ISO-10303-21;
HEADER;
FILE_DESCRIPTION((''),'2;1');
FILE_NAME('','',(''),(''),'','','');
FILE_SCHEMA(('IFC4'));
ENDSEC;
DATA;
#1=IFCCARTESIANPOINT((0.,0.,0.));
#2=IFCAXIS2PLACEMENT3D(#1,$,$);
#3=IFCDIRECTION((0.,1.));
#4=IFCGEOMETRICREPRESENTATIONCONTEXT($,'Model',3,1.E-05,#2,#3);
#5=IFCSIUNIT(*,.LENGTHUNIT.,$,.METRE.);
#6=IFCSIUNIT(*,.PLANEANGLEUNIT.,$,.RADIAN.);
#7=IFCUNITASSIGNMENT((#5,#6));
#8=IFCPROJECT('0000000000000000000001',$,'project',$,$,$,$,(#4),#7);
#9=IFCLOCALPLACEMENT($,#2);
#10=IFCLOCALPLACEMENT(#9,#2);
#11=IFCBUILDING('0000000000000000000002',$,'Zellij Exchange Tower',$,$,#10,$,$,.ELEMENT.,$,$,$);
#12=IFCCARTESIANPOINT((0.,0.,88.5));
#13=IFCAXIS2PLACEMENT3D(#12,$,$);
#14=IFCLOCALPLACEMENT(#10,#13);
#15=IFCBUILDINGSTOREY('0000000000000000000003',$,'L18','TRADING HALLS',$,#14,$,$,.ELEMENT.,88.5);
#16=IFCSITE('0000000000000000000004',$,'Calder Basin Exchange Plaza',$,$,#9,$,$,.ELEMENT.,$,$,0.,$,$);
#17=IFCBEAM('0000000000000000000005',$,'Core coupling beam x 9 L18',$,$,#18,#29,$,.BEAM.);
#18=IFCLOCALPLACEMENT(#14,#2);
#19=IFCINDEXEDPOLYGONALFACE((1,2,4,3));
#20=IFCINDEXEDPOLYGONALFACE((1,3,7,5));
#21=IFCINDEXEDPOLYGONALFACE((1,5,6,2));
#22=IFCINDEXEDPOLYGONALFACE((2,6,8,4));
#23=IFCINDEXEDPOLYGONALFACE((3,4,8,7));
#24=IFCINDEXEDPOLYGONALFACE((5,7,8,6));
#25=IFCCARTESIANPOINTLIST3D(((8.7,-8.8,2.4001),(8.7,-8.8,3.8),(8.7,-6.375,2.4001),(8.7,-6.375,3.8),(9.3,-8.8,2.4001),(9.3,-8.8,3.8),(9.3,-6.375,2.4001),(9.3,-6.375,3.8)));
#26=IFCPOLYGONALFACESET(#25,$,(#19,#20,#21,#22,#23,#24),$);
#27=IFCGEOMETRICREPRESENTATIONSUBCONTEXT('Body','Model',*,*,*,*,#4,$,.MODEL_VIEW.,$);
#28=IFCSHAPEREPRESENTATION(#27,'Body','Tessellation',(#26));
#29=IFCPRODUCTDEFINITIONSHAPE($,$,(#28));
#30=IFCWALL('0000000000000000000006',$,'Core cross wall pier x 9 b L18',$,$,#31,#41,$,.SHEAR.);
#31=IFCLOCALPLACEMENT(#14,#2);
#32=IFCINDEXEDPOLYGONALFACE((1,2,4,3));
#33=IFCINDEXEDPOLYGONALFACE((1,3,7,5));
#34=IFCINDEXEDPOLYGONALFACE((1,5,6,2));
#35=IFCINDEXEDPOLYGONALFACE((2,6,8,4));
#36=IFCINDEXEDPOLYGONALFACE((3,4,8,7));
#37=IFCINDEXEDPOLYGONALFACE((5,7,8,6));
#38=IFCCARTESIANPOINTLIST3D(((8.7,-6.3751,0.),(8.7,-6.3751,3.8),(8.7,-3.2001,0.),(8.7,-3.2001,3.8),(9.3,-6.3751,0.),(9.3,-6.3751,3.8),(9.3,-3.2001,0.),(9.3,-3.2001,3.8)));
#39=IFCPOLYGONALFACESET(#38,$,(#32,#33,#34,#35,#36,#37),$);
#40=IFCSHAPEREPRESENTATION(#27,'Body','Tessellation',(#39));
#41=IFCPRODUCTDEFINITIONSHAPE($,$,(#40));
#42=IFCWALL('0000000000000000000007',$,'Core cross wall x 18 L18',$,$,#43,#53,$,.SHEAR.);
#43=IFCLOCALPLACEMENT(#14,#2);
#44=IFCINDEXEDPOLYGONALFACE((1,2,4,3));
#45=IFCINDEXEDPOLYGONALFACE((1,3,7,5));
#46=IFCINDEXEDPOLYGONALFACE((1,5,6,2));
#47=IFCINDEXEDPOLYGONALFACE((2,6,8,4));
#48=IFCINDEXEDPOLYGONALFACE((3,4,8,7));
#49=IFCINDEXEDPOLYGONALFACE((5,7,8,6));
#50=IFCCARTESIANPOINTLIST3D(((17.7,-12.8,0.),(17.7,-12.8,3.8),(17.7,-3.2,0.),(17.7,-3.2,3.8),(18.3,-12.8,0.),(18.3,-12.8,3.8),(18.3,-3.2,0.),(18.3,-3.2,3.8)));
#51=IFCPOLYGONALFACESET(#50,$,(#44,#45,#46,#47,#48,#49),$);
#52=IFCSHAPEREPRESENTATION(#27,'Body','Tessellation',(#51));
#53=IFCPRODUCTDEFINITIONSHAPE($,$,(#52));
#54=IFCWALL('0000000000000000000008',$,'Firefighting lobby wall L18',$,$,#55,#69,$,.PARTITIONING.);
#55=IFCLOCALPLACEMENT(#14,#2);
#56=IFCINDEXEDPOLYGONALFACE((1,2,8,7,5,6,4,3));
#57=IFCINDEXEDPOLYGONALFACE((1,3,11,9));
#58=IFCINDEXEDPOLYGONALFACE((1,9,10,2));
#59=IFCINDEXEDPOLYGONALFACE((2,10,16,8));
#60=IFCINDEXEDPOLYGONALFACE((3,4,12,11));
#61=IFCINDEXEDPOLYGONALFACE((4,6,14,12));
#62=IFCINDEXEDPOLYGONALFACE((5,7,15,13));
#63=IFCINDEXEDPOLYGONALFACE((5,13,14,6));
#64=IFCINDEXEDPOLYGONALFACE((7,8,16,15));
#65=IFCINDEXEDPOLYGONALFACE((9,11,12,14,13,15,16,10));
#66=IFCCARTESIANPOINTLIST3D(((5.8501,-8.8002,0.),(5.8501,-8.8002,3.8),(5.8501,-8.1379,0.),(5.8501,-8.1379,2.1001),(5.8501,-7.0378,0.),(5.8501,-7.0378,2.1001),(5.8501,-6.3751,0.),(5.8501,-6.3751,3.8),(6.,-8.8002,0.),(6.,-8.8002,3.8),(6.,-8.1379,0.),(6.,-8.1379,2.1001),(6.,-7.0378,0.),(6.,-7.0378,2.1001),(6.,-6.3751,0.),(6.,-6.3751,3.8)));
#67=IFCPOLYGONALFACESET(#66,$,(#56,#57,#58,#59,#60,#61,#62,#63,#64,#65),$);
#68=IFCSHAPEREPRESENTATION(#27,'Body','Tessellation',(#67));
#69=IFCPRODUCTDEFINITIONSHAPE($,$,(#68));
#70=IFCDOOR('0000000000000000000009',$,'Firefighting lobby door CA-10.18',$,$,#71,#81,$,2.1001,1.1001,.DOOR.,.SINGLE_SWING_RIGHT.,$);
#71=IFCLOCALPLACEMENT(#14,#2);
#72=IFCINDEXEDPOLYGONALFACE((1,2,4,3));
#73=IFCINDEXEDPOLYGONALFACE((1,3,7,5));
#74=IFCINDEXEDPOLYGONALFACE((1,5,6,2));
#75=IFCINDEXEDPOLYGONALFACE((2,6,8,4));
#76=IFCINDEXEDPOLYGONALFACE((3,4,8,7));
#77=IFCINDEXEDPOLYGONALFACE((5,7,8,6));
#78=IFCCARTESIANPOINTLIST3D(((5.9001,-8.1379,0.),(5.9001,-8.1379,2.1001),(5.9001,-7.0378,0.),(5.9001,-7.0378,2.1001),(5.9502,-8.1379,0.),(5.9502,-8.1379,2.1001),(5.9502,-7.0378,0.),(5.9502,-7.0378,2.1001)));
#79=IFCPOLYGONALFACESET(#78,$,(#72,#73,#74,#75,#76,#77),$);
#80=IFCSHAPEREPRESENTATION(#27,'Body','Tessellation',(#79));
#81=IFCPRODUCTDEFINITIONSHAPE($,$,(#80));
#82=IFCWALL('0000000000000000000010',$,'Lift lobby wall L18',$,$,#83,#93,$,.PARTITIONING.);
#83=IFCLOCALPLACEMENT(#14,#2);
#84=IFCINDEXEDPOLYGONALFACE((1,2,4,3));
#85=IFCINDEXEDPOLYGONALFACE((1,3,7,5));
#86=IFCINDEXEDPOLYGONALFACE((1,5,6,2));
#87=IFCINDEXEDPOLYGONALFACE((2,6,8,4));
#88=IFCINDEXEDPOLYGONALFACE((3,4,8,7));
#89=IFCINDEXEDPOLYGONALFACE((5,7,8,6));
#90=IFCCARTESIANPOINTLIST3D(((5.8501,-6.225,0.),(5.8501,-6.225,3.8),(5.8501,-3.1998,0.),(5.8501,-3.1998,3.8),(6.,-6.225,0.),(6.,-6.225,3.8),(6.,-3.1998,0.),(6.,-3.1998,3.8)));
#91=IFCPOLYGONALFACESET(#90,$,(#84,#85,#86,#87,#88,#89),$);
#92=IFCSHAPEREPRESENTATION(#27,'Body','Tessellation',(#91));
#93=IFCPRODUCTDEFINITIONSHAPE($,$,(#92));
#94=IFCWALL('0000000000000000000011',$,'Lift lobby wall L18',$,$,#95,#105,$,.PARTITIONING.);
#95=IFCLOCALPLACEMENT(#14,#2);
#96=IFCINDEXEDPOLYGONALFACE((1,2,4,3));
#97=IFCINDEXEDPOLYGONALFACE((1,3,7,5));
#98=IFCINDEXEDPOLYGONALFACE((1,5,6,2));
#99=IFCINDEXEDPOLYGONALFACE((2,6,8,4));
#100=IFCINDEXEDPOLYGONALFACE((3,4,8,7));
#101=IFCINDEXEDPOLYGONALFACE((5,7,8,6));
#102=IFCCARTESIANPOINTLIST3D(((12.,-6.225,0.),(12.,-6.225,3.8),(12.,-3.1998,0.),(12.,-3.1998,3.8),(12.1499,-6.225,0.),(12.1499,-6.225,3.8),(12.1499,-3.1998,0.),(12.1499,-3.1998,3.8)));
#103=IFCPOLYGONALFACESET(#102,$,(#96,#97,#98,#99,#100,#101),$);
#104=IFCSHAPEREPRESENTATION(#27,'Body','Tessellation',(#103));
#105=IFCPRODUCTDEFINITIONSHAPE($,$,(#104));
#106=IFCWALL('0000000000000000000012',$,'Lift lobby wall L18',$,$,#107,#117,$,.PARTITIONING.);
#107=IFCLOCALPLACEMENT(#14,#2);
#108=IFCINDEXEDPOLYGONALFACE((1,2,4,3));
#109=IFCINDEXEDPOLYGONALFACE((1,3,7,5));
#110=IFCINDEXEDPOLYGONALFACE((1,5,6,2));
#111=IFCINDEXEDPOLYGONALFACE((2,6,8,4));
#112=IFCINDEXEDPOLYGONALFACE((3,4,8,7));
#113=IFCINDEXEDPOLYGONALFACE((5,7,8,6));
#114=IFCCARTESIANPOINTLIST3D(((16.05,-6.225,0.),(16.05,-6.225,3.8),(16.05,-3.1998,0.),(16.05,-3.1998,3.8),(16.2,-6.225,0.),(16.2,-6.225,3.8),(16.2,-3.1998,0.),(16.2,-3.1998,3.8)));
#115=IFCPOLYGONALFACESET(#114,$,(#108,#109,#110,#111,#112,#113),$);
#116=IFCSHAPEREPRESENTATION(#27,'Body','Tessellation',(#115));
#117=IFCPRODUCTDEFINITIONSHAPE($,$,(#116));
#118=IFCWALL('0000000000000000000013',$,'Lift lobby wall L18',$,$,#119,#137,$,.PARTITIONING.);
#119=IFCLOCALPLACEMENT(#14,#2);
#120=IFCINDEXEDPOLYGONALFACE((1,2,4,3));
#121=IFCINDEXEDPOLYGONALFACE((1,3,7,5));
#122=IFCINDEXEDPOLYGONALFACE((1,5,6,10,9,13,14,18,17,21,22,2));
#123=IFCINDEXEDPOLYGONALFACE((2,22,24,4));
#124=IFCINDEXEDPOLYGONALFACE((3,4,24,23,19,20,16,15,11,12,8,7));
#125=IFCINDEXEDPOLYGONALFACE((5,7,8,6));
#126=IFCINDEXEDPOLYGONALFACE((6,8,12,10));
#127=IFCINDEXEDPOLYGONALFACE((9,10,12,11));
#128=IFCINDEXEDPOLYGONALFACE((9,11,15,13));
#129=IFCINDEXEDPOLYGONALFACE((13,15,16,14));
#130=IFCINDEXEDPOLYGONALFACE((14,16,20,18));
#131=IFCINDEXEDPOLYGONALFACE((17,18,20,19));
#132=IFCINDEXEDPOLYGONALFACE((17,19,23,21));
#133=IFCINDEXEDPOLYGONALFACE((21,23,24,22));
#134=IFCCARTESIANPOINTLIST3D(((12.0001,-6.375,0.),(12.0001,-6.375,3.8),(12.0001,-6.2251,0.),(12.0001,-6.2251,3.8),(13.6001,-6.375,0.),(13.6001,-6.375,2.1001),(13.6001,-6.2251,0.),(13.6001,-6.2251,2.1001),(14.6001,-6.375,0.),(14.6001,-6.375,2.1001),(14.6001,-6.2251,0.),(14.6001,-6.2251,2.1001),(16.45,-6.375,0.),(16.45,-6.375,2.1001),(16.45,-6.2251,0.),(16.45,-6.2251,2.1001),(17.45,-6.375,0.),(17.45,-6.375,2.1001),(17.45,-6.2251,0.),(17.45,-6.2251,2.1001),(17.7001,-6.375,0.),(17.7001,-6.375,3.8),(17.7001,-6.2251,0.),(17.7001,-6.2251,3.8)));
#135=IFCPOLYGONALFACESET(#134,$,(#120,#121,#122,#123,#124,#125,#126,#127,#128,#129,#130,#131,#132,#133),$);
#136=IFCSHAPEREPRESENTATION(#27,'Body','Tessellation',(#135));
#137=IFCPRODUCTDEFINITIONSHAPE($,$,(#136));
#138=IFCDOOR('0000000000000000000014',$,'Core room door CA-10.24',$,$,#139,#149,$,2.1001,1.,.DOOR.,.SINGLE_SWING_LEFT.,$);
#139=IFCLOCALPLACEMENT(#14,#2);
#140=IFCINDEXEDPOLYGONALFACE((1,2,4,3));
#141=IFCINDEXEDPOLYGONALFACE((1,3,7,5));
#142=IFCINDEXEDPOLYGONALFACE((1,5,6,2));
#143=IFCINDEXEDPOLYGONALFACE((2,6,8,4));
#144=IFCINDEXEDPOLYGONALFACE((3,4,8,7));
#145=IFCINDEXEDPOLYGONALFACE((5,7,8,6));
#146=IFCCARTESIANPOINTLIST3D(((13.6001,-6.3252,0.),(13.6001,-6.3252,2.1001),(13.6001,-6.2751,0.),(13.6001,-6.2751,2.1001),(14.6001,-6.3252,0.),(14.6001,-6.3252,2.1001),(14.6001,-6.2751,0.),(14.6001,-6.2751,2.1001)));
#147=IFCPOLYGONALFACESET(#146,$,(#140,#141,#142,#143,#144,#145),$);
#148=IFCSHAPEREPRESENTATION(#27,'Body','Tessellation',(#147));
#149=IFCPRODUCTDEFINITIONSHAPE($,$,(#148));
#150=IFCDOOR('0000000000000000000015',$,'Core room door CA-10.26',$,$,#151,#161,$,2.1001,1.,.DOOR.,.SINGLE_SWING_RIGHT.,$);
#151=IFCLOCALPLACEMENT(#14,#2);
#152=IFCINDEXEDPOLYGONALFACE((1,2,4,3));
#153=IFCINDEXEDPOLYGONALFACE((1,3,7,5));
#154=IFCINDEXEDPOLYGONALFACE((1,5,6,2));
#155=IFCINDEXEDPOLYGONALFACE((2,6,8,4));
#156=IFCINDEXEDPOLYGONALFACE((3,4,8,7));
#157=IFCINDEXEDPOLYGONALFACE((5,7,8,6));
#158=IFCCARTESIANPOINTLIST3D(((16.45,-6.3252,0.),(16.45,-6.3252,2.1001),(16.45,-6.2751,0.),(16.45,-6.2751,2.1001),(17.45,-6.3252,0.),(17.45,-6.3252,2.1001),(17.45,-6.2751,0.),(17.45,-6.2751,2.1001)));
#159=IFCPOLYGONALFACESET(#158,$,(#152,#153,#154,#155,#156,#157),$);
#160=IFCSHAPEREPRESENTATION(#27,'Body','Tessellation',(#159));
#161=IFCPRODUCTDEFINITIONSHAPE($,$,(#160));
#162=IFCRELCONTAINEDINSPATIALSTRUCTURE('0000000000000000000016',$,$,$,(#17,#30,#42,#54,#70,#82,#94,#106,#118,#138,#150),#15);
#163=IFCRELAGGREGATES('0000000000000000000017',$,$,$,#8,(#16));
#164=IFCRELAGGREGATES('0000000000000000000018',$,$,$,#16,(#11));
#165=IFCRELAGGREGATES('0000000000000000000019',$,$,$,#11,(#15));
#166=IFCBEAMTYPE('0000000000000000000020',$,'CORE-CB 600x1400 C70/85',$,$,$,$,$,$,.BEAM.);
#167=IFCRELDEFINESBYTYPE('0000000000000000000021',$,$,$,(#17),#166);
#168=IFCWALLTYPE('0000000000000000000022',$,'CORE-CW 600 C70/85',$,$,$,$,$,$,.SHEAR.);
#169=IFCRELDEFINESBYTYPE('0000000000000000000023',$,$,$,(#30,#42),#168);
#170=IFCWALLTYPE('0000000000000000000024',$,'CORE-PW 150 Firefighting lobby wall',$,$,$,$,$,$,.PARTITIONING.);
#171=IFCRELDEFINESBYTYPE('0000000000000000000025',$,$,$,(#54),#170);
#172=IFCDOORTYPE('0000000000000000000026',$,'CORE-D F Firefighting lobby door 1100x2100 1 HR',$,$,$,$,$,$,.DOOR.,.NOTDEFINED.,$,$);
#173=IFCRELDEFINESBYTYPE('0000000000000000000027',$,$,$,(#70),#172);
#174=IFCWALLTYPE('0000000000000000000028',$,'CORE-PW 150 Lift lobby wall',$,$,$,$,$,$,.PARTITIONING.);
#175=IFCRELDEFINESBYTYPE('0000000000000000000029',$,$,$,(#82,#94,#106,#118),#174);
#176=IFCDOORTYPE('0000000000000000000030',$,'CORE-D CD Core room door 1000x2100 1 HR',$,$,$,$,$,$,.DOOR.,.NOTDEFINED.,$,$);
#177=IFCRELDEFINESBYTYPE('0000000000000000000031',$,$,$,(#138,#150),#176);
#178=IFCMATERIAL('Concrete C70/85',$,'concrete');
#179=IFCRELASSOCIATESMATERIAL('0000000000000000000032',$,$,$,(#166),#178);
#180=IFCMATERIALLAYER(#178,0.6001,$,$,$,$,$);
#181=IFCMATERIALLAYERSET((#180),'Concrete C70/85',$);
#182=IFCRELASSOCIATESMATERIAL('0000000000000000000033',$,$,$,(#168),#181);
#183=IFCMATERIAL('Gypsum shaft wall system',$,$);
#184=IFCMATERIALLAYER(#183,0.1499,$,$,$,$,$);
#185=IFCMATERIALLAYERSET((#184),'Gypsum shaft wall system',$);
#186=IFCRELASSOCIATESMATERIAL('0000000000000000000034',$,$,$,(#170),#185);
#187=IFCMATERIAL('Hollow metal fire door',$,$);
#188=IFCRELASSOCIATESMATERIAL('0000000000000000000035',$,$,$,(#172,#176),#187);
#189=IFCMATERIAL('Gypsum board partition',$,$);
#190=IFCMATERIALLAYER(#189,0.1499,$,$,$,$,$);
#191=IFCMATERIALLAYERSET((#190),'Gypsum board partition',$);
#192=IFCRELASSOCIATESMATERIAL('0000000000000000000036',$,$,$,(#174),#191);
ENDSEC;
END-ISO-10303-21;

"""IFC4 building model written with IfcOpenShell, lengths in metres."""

from ifc_helpers import new_model, si_unit, direction, frame, frame_2d, origin, origin_2d, place, context, subcontext, project, spatial, rectangle, extrude, material, layer, layer_set, material_profile, profile_set, type_object, element, fill, save


model = new_model("IFC4")

# Units and contexts
model_context = context("Model", 3, precision=1e-05, world=origin(), true_north=direction((0.0, 1.0)))
body_context = subcontext(model_context, "Body", "Model", "MODEL_VIEW")
ifc_project = project(units=[si_unit("LENGTHUNIT", "METRE"), si_unit("PLANEANGLEUNIT", "RADIAN")], contexts=[model_context])

# Site, building, storey
site_placement = place(None, origin())
site = spatial("IfcSite", under=ifc_project, at=site_placement, Name="Calder Basin Exchange Plaza", CompositionType="ELEMENT", RefElevation=0.0)
building_placement = place(site_placement, origin())
building = spatial("IfcBuilding", under=site, at=building_placement, Name="Zellij Exchange Tower", CompositionType="ELEMENT")
storey_placement = place(building_placement, frame((0.0, 0.0, 88.5)))
storey = spatial("IfcBuildingStorey", under=building, at=storey_placement, Name="L18", Description="TRADING HALLS", CompositionType="ELEMENT", Elevation=88.5)

# Beam
ifc_material_1 = material(Name="Concrete C70/85", Category="concrete")
ifc_material_profile = material_profile(ifc_material_1, rectangle(XDim=0.6001, YDim=1.3999, at=origin_2d()), Name="CORE-CB 600x1400 C70/85")
ifc_profile_set = profile_set([ifc_material_profile], Name="Concrete C70/85")
beam_type = type_object("IfcBeamType", Name="CORE-CB 600x1400 C70/85", PredefinedType="BEAM", material=ifc_profile_set)
beam_placement = place(storey_placement, frame((9.0, -8.8, 3.1001), z_axis=(0.0, 1.0, 0.0), x_axis=(-1.0, 0.0, 0.0)))
element("IfcBeam", 1, at=beam_placement, inside=storey, type_object=beam_type, Name="Core coupling beam x 9 L18", PredefinedType="BEAM", context=body_context, shape_type="SweptSolid", body=[
    extrude(rectangle(XDim=0.6001, YDim=1.3999, at=origin_2d()), origin(), (0.0, 0.0, 1.0), 2.425),
])

# Walls
ifc_layer_1 = layer(ifc_material_1, 0.6001)
ifc_layer_set_1 = layer_set([ifc_layer_1], Name="Concrete C70/85")
wall_type_1 = type_object("IfcWallType", Name="CORE-CW 600 C70/85", PredefinedType="SHEAR", material=ifc_layer_set_1)
wall_1_placement = place(storey_placement, frame((9.0, -6.375, 0.0), z_axis=(0.0, 0.0, 1.0), x_axis=(0.0, 1.0, 0.0)))
element("IfcWall", 2, at=wall_1_placement, inside=storey, type_object=wall_type_1, Name="Core cross wall pier x 9 b L18", PredefinedType="SHEAR", context=body_context, shape_type="SweptSolid", body=[
    extrude(rectangle(XDim=3.175, YDim=0.6001, at=frame_2d((1.5874, 0.0))), origin(), (0.0, 0.0, 1.0), 3.8),
])
wall_2_placement = place(storey_placement, frame((18.0, -12.8, 0.0), z_axis=(0.0, 0.0, 1.0), x_axis=(0.0, 1.0, 0.0)))
element("IfcWall", 3, at=wall_2_placement, inside=storey, type_object=wall_type_1, Name="Core cross wall x 18 L18", PredefinedType="SHEAR", context=body_context, shape_type="SweptSolid", body=[
    extrude(rectangle(XDim=9.6001, YDim=0.6001, at=frame_2d((4.8, 0.0))), origin(), (0.0, 0.0, 1.0), 3.8),
])

# Wall, opening, door
ifc_material_2 = material(Name="Gypsum shaft wall system")
ifc_layer_2 = layer(ifc_material_2, 0.1499)
ifc_layer_set_2 = layer_set([ifc_layer_2], Name="Gypsum shaft wall system")
wall_type_2 = type_object("IfcWallType", Name="CORE-PW 150 Firefighting lobby wall", PredefinedType="PARTITIONING", material=ifc_layer_set_2)
wall_3_placement = place(storey_placement, frame((5.925, -8.8, 0.0), z_axis=(0.0, 0.0, 1.0), x_axis=(0.0, 1.0, 0.0)))
wall_3 = element("IfcWall", 4, at=wall_3_placement, inside=storey, type_object=wall_type_2, Name="Firefighting lobby wall L18", PredefinedType="PARTITIONING", context=body_context, shape_type="SweptSolid", body=[
    extrude(rectangle(XDim=2.425, YDim=0.1499, at=frame_2d((1.2124, 0.0))), origin(), (0.0, 0.0, 1.0), 3.8),
])
opening_1_placement = place(wall_3_placement, frame((0.6621, 0.0, 0.0)))
opening_1 = element("IfcOpeningElement", 5, at=opening_1_placement, cuts=wall_3, PredefinedType="OPENING", context=body_context, shape_type="SweptSolid", body=[
    extrude(rectangle(XDim=1.1001, YDim=2.1001, at=frame_2d((0.55, 1.05))), frame((0.0, 0.0869, 0.0), z_axis=(0.0, -1.0, 0.0), x_axis=(1.0, 0.0, 0.0)), (0.0, 0.0, 1.0), 0.1738),
])
ifc_material_3 = material(Name="Hollow metal fire door")
door_type_1 = type_object("IfcDoorType", Name="CORE-D F Firefighting lobby door 1100x2100 1 HR", OperationType="NOTDEFINED", PredefinedType="DOOR", material=ifc_material_3)
door_1_placement = place(opening_1_placement, origin())
door_1 = element("IfcDoor", 6, at=door_1_placement, inside=storey, type_object=door_type_1, Name="Firefighting lobby door CA-10.18", OperationType="SINGLE_SWING_RIGHT", OverallHeight=2.1001, OverallWidth=1.1001, PredefinedType="DOOR", context=body_context, shape_type="SweptSolid", body=[
    extrude(rectangle(XDim=1.1001, YDim=2.1001, at=frame_2d((0.55, 1.05))), frame((0.0, 0.0249, 0.0), z_axis=(0.0, -1.0, 0.0), x_axis=(1.0, 0.0, 0.0)), (0.0, 0.0, 1.0), 0.05),
])
fill(opening_1, door_1)

# Walls
ifc_material_4 = material(Name="Gypsum board partition")
ifc_layer_3 = layer(ifc_material_4, 0.1499)
ifc_layer_set_3 = layer_set([ifc_layer_3], Name="Gypsum board partition")
wall_type_3 = type_object("IfcWallType", Name="CORE-PW 150 Lift lobby wall", PredefinedType="PARTITIONING", material=ifc_layer_set_3)
for number, where, z_axis, x_axis, name in (
    (7, (5.925, -6.2251, 0.0), (0.0, 0.0, 1.0), (0.0, 1.0, 0.0), "Lift lobby wall L18"),
    (8, (12.075, -6.2251, 0.0), (0.0, 0.0, 1.0), (0.0, 1.0, 0.0), "Lift lobby wall L18"),
    (9, (16.125, -6.2251, 0.0), (0.0, 0.0, 1.0), (0.0, 1.0, 0.0), "Lift lobby wall L18"),
):
    element("IfcWall", number, at=place(storey_placement, frame(where, z_axis=z_axis, x_axis=x_axis)), inside=storey, type_object=wall_type_3, Name=name, PredefinedType="PARTITIONING", context=body_context, shape_type="SweptSolid", body=[
        extrude(rectangle(XDim=3.0251, YDim=0.1499, at=frame_2d((1.5127, 0.0))), origin(), (0.0, 0.0, 1.0), 3.8),
    ])

# Wall, openings, doors
wall_4_placement = place(storey_placement, frame((12.0, -6.3, 0.0), z_axis=(0.0, 0.0, 1.0), x_axis=(1.0, 0.0, 0.0)))
wall_4 = element("IfcWall", 10, at=wall_4_placement, inside=storey, type_object=wall_type_3, Name="Lift lobby wall L18", PredefinedType="PARTITIONING", context=body_context, shape_type="SweptSolid", body=[
    extrude(rectangle(XDim=5.7, YDim=0.1499, at=frame_2d((2.8501, 0.0))), origin(), (0.0, 0.0, 1.0), 3.8),
])
opening_2_placement = place(wall_4_placement, frame((1.6001, 0.0, 0.0)))
opening_2 = element("IfcOpeningElement", 11, at=opening_2_placement, cuts=wall_4, PredefinedType="OPENING", context=body_context, shape_type="SweptSolid", body=[
    extrude(rectangle(XDim=1.0, YDim=2.1001, at=frame_2d((0.5, 1.05))), frame((0.0, 0.0869, 0.0), z_axis=(0.0, -1.0, 0.0), x_axis=(1.0, 0.0, 0.0)), (0.0, 0.0, 1.0), 0.1738),
])
opening_3_placement = place(wall_4_placement, frame((4.45, 0.0, 0.0)))
opening_3 = element("IfcOpeningElement", 12, at=opening_3_placement, cuts=wall_4, PredefinedType="OPENING", context=body_context, shape_type="SweptSolid", body=[
    extrude(rectangle(XDim=1.0, YDim=2.1001, at=frame_2d((0.5, 1.05))), frame((0.0, 0.0869, 0.0), z_axis=(0.0, -1.0, 0.0), x_axis=(1.0, 0.0, 0.0)), (0.0, 0.0, 1.0), 0.1738),
])
door_type_2 = type_object("IfcDoorType", Name="CORE-D CD Core room door 1000x2100 1 HR", OperationType="NOTDEFINED", PredefinedType="DOOR", material=ifc_material_3)
door_2_placement = place(opening_2_placement, origin())
door_2 = element("IfcDoor", 13, at=door_2_placement, inside=storey, type_object=door_type_2, Name="Core room door CA-10.24", OperationType="SINGLE_SWING_LEFT", OverallHeight=2.1001, OverallWidth=1.0, PredefinedType="DOOR", context=body_context, shape_type="SweptSolid", body=[
    extrude(rectangle(XDim=1.0, YDim=2.1001, at=frame_2d((0.5, 1.05))), frame((0.0, 0.0249, 0.0), z_axis=(0.0, -1.0, 0.0), x_axis=(1.0, 0.0, 0.0)), (0.0, 0.0, 1.0), 0.05),
])
fill(opening_2, door_2)
door_3_placement = place(opening_3_placement, origin())
door_3 = element("IfcDoor", 14, at=door_3_placement, inside=storey, type_object=door_type_2, Name="Core room door CA-10.26", OperationType="SINGLE_SWING_RIGHT", OverallHeight=2.1001, OverallWidth=1.0, PredefinedType="DOOR", context=body_context, shape_type="SweptSolid", body=[
    extrude(rectangle(XDim=1.0, YDim=2.1001, at=frame_2d((0.5, 1.05))), frame((0.0, 0.0249, 0.0), z_axis=(0.0, -1.0, 0.0), x_axis=(1.0, 0.0, 0.0)), (0.0, 0.0, 1.0), 0.05),
])
fill(opening_3, door_3)

save(model, "model.ifc")
